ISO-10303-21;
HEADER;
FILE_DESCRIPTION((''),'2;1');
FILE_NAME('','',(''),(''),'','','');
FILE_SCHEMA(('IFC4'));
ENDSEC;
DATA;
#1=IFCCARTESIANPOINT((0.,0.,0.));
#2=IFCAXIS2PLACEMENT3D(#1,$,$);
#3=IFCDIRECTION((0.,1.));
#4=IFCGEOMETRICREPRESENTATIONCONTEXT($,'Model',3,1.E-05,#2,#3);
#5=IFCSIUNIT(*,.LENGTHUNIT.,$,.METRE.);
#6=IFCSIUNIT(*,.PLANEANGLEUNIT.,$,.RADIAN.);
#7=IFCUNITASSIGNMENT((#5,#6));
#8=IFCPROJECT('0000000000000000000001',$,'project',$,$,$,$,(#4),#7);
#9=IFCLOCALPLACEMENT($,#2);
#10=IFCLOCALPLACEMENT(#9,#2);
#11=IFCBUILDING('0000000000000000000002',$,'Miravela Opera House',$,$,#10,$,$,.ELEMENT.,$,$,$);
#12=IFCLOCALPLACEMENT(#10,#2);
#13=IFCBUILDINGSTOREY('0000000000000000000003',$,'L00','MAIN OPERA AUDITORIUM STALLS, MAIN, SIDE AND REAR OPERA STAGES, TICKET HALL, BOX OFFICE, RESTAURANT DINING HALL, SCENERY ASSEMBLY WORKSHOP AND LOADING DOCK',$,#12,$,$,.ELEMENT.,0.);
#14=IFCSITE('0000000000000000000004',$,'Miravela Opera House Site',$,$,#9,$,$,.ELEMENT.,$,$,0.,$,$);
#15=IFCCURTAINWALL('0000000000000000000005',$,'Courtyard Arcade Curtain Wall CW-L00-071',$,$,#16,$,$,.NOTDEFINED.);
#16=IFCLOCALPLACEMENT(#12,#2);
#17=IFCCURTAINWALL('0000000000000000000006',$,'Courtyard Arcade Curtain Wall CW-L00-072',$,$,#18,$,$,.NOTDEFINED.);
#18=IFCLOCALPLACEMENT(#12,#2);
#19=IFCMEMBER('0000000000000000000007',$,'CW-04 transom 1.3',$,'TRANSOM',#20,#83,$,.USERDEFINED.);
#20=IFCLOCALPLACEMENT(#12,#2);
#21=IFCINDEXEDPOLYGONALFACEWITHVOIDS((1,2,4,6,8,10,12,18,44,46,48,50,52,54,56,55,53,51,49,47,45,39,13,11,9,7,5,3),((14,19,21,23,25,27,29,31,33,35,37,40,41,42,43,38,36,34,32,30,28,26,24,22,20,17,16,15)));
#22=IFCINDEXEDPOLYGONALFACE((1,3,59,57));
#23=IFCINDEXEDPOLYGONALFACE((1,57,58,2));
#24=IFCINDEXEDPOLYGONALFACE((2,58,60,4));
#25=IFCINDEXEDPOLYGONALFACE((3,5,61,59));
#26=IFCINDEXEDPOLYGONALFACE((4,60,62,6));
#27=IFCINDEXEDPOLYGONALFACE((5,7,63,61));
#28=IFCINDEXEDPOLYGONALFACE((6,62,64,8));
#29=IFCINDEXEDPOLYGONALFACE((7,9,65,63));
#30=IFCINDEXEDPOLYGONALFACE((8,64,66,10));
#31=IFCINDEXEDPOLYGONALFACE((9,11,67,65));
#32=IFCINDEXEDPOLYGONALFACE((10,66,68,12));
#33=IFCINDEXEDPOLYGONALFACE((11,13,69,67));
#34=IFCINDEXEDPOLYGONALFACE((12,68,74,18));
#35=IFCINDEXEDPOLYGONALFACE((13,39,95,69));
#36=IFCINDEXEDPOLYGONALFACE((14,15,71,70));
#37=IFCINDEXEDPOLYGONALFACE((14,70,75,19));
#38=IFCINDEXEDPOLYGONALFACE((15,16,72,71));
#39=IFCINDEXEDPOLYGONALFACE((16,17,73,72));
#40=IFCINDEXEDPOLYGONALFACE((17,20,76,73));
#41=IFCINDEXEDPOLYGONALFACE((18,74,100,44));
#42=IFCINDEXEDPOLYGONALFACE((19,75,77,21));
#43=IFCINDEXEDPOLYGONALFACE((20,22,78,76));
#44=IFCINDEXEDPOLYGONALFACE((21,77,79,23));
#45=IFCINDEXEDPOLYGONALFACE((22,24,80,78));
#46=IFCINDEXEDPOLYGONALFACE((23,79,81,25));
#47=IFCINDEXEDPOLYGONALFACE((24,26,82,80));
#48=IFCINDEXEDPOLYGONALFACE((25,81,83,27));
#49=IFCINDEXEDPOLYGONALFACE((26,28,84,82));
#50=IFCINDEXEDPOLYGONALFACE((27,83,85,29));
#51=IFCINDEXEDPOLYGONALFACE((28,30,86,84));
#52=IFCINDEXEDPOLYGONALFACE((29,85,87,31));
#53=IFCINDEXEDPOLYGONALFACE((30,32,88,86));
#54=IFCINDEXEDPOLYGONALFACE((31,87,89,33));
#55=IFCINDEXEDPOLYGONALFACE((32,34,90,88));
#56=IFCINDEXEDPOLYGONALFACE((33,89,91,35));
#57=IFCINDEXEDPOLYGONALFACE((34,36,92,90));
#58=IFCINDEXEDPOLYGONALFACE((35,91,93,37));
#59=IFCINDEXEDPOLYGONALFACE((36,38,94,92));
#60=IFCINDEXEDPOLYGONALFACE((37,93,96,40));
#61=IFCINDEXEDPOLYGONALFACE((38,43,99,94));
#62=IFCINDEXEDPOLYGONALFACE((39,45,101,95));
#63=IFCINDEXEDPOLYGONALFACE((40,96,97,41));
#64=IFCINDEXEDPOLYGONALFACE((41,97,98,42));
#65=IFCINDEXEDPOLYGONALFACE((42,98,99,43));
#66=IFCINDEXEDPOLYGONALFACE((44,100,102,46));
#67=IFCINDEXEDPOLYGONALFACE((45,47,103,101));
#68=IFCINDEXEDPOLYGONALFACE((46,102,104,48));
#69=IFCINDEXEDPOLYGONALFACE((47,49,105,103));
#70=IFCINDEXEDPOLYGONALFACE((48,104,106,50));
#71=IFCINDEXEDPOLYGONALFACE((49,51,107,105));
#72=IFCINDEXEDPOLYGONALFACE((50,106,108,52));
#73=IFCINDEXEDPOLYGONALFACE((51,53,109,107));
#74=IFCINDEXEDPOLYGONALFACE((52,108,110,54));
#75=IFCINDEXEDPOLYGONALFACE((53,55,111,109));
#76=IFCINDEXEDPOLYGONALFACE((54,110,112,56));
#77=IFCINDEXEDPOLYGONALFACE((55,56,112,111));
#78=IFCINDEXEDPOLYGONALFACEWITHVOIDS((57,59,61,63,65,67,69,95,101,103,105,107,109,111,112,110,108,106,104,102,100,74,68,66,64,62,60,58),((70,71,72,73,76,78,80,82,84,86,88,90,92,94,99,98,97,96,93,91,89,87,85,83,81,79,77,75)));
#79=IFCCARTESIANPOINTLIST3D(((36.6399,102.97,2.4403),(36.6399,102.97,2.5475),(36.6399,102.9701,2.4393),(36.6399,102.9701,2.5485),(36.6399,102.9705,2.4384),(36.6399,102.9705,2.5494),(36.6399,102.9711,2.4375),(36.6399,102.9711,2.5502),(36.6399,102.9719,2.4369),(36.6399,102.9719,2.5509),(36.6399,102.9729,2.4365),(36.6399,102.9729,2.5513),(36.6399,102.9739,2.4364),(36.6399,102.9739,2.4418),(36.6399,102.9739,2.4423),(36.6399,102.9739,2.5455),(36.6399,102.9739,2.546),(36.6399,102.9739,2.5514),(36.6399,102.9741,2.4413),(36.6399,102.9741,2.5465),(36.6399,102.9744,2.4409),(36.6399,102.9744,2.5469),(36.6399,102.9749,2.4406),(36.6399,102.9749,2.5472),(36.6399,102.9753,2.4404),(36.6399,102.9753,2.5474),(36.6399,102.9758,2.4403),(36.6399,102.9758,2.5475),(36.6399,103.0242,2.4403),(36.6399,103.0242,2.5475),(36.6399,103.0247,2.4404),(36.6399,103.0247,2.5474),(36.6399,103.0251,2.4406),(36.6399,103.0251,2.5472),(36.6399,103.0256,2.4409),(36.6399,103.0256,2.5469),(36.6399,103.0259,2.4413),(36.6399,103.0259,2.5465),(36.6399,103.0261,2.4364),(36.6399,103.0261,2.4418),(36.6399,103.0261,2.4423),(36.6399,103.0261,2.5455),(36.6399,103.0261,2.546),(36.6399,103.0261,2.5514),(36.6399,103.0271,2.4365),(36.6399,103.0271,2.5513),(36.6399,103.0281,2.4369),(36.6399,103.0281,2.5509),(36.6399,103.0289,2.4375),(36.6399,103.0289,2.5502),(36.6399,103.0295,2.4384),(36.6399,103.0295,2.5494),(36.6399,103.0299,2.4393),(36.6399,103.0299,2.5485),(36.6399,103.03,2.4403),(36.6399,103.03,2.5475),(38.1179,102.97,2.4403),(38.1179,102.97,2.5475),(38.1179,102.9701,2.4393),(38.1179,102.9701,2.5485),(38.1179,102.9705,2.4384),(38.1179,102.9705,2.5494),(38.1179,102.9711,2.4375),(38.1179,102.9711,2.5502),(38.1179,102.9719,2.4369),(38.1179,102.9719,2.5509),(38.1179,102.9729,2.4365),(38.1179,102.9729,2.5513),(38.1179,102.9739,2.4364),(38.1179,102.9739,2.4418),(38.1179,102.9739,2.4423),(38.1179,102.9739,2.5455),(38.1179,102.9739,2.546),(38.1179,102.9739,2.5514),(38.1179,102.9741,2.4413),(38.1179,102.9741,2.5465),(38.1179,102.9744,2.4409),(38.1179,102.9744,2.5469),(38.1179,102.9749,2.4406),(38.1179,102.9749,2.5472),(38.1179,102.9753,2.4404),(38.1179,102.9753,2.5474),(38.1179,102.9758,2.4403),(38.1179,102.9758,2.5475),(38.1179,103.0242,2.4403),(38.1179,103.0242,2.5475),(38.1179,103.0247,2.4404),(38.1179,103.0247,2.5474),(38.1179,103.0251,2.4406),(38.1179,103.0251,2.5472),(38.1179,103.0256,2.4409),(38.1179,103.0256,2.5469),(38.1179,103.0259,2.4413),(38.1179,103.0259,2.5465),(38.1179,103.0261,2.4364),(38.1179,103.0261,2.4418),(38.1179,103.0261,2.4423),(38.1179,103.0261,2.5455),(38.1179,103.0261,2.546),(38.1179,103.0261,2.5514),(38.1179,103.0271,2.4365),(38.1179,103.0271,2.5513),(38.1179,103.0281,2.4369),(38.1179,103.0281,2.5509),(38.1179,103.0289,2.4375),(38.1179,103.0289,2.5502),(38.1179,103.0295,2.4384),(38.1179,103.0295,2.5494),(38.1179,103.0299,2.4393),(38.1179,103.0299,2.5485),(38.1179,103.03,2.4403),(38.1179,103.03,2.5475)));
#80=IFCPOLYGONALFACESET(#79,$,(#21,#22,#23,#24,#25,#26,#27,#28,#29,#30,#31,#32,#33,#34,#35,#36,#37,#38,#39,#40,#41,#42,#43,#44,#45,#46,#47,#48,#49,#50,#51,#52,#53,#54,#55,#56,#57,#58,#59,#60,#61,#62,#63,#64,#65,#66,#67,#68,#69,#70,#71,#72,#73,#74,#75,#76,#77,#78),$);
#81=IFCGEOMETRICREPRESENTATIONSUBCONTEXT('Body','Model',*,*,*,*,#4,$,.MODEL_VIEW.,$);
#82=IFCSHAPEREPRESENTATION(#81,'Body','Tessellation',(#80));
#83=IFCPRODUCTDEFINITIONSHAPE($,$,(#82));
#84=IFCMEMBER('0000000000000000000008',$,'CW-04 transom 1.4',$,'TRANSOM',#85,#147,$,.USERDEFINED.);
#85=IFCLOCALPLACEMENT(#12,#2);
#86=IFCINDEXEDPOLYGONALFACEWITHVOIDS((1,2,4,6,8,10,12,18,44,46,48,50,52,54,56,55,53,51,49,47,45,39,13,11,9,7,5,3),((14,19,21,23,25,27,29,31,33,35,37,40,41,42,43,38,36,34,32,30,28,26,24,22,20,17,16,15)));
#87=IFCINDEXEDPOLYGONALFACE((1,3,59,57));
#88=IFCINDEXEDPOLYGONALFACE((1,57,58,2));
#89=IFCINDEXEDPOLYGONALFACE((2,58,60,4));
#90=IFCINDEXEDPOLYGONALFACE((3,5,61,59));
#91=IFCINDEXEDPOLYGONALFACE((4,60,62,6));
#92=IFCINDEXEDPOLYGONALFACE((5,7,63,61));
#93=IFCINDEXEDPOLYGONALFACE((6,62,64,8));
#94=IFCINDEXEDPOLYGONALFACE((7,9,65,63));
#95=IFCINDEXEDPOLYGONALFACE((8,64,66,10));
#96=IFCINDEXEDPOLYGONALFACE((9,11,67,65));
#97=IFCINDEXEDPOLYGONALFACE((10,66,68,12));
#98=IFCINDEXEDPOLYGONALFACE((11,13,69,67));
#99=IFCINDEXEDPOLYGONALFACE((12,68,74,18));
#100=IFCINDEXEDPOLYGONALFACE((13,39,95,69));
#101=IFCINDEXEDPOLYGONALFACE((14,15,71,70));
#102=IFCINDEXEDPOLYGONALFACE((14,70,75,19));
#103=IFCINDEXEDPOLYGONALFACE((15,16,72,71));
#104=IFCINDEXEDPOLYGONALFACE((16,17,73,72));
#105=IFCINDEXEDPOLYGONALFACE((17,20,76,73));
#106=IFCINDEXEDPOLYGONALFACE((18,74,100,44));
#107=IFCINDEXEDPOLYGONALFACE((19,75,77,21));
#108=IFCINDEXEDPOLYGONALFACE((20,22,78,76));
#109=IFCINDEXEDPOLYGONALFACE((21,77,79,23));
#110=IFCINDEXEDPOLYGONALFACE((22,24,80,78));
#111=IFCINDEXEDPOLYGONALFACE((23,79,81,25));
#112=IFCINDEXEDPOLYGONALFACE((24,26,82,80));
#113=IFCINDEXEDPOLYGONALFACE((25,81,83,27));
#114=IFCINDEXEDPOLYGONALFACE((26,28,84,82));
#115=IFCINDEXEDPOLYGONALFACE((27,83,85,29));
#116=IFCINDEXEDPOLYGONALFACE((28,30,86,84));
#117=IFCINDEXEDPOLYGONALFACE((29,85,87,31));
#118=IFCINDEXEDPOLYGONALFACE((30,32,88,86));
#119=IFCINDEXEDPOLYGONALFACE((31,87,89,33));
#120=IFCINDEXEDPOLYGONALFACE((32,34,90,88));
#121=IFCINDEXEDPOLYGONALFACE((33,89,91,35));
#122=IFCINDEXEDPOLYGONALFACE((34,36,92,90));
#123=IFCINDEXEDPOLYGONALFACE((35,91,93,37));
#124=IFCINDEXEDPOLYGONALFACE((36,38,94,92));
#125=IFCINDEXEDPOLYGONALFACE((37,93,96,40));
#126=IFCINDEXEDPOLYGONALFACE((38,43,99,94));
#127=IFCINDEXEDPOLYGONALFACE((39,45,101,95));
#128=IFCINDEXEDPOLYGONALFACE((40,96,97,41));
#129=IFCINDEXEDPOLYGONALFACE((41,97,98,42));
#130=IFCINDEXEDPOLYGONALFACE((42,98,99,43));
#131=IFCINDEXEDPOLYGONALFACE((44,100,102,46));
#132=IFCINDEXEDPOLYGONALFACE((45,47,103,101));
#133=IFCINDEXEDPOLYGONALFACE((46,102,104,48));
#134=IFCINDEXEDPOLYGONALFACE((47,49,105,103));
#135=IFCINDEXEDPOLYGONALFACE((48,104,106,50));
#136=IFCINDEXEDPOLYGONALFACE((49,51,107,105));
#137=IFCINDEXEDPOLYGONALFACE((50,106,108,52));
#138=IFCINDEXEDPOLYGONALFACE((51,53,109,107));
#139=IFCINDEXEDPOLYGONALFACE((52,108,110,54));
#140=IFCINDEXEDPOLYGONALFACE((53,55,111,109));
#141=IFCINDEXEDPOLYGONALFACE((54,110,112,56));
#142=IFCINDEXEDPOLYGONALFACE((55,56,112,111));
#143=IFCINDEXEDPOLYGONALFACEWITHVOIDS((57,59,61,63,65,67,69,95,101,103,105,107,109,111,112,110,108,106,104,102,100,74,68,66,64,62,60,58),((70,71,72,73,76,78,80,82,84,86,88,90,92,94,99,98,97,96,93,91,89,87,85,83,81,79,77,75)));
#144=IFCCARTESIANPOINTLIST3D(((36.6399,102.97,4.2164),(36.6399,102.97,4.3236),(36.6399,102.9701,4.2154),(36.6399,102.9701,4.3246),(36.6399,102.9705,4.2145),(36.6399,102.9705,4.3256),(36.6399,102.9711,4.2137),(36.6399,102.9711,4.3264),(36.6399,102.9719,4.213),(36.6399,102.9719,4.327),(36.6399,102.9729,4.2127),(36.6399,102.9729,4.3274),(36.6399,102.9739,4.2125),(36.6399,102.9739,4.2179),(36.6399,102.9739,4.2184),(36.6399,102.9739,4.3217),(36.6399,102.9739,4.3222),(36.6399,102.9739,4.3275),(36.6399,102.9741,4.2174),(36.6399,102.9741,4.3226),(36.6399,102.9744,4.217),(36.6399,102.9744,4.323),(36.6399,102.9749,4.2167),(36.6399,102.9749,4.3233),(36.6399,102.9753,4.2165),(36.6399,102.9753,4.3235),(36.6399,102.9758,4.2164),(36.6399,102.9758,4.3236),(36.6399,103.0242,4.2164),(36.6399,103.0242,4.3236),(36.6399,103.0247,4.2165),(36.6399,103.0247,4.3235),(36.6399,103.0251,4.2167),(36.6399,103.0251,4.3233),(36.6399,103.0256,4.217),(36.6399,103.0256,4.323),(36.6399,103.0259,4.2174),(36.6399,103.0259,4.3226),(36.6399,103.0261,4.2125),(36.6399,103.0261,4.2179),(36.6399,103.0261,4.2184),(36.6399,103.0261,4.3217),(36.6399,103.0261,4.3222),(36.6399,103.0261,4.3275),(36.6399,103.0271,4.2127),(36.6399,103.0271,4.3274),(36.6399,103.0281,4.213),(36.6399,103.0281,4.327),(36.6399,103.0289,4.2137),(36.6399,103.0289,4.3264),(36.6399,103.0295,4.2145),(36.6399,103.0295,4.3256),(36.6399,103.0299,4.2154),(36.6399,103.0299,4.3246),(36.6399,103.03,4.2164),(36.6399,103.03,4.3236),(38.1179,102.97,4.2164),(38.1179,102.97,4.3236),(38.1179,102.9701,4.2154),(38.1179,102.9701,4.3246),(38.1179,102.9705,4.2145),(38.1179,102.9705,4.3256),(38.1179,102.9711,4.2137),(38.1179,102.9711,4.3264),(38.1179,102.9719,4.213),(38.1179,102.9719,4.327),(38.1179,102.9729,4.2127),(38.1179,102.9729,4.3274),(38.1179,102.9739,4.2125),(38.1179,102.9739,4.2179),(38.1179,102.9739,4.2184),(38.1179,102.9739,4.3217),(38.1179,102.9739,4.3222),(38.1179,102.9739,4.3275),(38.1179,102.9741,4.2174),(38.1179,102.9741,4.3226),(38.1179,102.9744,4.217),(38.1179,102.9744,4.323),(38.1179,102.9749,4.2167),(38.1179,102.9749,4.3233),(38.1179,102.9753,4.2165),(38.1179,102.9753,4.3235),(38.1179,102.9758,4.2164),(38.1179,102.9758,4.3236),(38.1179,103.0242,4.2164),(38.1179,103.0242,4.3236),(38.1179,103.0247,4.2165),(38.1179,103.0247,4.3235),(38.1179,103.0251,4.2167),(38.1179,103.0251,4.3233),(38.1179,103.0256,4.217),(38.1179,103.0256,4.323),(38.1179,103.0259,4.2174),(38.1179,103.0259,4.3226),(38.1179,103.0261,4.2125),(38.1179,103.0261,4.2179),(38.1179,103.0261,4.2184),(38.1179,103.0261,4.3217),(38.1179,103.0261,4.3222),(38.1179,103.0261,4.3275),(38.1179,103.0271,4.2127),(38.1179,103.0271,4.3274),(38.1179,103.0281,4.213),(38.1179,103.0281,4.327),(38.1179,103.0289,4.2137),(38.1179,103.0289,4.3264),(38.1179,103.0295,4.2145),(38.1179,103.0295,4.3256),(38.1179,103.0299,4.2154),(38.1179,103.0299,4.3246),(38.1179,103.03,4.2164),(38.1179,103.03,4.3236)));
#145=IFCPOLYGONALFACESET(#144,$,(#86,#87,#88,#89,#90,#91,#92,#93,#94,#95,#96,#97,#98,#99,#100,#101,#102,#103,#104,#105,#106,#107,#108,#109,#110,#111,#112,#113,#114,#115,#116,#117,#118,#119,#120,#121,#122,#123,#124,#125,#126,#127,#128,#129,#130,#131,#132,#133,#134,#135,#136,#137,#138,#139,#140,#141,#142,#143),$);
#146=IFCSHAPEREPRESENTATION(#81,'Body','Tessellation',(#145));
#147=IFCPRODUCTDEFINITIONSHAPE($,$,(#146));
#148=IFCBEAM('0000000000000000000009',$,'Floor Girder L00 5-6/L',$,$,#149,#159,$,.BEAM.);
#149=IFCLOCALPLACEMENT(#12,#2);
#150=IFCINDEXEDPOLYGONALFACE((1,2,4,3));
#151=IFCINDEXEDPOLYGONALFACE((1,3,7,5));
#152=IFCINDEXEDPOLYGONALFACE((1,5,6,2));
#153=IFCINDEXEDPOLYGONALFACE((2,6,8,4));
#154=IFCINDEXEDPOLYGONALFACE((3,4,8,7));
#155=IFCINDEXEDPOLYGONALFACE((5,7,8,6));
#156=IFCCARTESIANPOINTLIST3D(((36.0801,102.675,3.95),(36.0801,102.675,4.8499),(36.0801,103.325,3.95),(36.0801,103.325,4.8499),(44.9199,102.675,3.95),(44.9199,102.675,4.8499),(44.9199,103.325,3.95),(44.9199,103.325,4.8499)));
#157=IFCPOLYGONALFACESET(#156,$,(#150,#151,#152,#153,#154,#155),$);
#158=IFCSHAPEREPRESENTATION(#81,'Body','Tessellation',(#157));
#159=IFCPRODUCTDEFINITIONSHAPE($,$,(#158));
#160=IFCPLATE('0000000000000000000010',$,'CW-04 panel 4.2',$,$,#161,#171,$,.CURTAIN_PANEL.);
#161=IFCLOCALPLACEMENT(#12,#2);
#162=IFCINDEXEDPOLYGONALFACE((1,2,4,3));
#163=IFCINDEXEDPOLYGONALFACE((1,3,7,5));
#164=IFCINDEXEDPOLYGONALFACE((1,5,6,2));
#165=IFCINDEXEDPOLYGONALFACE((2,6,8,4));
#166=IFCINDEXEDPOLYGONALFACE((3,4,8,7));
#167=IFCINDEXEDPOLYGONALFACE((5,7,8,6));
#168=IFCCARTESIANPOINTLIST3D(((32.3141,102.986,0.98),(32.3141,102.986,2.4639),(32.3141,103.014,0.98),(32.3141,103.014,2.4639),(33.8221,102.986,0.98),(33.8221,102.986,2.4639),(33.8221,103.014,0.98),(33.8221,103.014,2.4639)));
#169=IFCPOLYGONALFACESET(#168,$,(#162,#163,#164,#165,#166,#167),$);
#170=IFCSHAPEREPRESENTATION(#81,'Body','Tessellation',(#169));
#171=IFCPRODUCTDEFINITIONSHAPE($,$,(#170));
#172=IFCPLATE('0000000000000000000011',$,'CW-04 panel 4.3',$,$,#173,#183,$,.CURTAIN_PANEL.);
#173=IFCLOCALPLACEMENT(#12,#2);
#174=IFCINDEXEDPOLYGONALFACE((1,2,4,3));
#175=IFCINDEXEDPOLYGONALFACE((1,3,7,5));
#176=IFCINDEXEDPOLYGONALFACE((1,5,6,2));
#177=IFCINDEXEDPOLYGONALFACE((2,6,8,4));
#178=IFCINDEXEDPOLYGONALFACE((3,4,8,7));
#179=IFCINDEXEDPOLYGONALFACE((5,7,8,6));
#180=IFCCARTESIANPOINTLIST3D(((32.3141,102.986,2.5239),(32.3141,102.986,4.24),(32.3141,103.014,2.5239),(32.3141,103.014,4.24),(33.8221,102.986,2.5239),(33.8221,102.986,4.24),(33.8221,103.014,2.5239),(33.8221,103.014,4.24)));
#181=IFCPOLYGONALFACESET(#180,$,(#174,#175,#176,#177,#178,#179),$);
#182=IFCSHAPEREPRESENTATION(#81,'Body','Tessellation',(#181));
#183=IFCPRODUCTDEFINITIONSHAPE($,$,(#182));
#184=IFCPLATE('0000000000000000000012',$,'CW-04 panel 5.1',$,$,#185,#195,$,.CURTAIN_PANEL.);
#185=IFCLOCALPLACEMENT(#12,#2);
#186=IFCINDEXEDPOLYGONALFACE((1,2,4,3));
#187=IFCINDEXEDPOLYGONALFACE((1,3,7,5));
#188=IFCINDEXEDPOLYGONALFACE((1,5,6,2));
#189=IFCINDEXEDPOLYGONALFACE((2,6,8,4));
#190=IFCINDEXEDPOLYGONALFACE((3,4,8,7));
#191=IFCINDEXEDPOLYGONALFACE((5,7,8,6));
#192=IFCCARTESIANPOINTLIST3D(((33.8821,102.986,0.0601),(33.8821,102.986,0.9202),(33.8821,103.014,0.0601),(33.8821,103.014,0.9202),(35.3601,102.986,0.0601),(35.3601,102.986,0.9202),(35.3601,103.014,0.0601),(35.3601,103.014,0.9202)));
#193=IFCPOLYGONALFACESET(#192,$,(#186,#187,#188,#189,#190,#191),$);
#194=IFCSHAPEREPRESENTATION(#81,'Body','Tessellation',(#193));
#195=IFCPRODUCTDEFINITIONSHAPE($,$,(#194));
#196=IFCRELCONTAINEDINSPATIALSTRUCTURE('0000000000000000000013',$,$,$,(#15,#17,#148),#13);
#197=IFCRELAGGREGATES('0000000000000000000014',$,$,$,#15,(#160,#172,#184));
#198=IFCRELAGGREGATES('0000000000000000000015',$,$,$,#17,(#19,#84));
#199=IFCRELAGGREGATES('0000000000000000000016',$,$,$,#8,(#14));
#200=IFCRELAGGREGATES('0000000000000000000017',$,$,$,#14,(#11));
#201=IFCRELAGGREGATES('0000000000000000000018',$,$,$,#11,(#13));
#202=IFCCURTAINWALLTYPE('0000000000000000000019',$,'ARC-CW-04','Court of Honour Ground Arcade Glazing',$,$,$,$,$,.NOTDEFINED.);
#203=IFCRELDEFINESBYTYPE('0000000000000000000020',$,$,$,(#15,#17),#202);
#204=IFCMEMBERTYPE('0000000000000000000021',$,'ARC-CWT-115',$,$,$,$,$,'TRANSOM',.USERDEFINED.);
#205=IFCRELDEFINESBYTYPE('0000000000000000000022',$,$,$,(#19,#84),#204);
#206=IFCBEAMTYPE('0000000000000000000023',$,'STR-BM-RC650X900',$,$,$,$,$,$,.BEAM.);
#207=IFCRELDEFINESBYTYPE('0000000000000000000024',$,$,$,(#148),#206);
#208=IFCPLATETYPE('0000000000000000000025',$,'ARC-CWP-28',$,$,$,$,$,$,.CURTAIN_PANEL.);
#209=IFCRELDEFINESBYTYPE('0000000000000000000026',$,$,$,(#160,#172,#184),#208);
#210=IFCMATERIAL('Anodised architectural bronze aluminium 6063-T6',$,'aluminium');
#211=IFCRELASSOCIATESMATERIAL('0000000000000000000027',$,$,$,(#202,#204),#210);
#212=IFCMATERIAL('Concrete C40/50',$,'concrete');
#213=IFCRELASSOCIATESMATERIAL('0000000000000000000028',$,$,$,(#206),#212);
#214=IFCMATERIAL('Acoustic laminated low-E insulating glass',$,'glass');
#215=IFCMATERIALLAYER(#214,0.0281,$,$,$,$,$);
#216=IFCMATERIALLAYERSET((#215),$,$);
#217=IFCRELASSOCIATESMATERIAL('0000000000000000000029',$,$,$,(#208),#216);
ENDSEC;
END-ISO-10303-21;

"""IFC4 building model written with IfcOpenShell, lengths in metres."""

from ifc_helpers import new_model, si_unit, direction, frame, origin, origin_2d, place, context, subcontext, project, spatial, rectangle, hollow_rectangle, extrude, material, layer, layer_set, material_profile, profile_set, type_object, element, aggregate, save


model = new_model("IFC4")

# Units and contexts
model_context = context("Model", 3, precision=1e-05, world=origin(), true_north=direction((0.0, 1.0)))
body_context = subcontext(model_context, "Body", "Model", "MODEL_VIEW")
ifc_project = project(units=[si_unit("LENGTHUNIT", "METRE"), si_unit("PLANEANGLEUNIT", "RADIAN")], contexts=[model_context])

# Site, building, storey
site_placement = place(None, origin())
site = spatial("IfcSite", under=ifc_project, at=site_placement, Name="Miravela Opera House Site", CompositionType="ELEMENT", RefElevation=0.0)
building_placement = place(site_placement, origin())
building = spatial("IfcBuilding", under=site, at=building_placement, Name="Miravela Opera House", CompositionType="ELEMENT")
storey_placement = place(building_placement, origin())
storey = spatial("IfcBuildingStorey", under=building, at=storey_placement, Name="L00", Description="MAIN OPERA AUDITORIUM STALLS, MAIN, SIDE AND REAR OPERA STAGES, TICKET HALL, BOX OFFICE, RESTAURANT DINING HALL, SCENERY ASSEMBLY WORKSHOP AND LOADING DOCK", CompositionType="ELEMENT", Elevation=0.0)

# Shared definitions
ifc_material_1 = material(Name="Concrete C40/50", Category="concrete")

# Curtain walls
ifc_material_2 = material(Name="Anodised architectural bronze aluminium 6063-T6", Category="aluminium")
curtain_wall_type = type_object("IfcCurtainWallType", Name="ARC-CW-04", Description="Court of Honour Ground Arcade Glazing", PredefinedType="NOTDEFINED", material=ifc_material_2)
curtain_wall_1_placement = place(storey_placement, origin())
curtain_wall_1 = element("IfcCurtainWall", 1, at=curtain_wall_1_placement, inside=storey, type_object=curtain_wall_type, Name="Courtyard Arcade Curtain Wall CW-L00-071", PredefinedType="NOTDEFINED")
curtain_wall_2_placement = place(storey_placement, origin())
curtain_wall_2 = element("IfcCurtainWall", 2, at=curtain_wall_2_placement, inside=storey, type_object=curtain_wall_type, Name="Courtyard Arcade Curtain Wall CW-L00-072", PredefinedType="NOTDEFINED")

# Members
ifc_material_profile_1 = material_profile(ifc_material_2, hollow_rectangle(XDim=0.0601, YDim=0.115, WallThickness=0.0039, InnerFilletRadius=0.002, OuterFilletRadius=0.0039, at=origin_2d()), Name="CWT-60X115")
ifc_profile_set_1 = profile_set([ifc_material_profile_1])
member_type_1 = type_object("IfcMemberType", Name="ARC-CWT-115", ElementType="TRANSOM", PredefinedType="USERDEFINED", material=ifc_profile_set_1)
member_1_placement = place(storey_placement, frame((36.6399, 103.0, 2.4939), z_axis=(1.0, 0.0, 0.0), x_axis=(0.0, 1.0, 0.0)))
member_1 = element("IfcMember", 3, at=member_1_placement, type_object=member_type_1, Name="CW-04 transom 1.3", ObjectType="TRANSOM", PredefinedType="USERDEFINED", context=body_context, shape_type="SweptSolid", body=[
    extrude(hollow_rectangle(XDim=0.0601, YDim=0.115, WallThickness=0.0039, InnerFilletRadius=0.002, OuterFilletRadius=0.0039, at=origin_2d()), origin(), (0.0, 0.0, 1.0), 1.478),
])
member_2_placement = place(storey_placement, frame((36.6399, 103.0, 4.27), z_axis=(1.0, 0.0, 0.0), x_axis=(0.0, 1.0, 0.0)))
member_2 = element("IfcMember", 4, at=member_2_placement, type_object=member_type_1, Name="CW-04 transom 1.4", ObjectType="TRANSOM", PredefinedType="USERDEFINED", context=body_context, shape_type="SweptSolid", body=[
    extrude(hollow_rectangle(XDim=0.0601, YDim=0.115, WallThickness=0.0039, InnerFilletRadius=0.002, OuterFilletRadius=0.0039, at=origin_2d()), origin(), (0.0, 0.0, 1.0), 1.478),
])

# Beam
ifc_material_profile_2 = material_profile(ifc_material_1, rectangle(XDim=0.6499, YDim=0.8999, at=origin_2d()), Name="RC-BM-650X900")
ifc_profile_set_2 = profile_set([ifc_material_profile_2])
beam_type = type_object("IfcBeamType", Name="STR-BM-RC650X900", PredefinedType="BEAM", material=ifc_profile_set_2)
beam_placement = place(storey_placement, frame((36.0801, 103.0, 4.3999), z_axis=(1.0, 0.0, 0.0), x_axis=(0.0, 1.0, 0.0)))
element("IfcBeam", 5, at=beam_placement, inside=storey, type_object=beam_type, Name="Floor Girder L00 5-6/L", PredefinedType="BEAM", context=body_context, shape_type="SweptSolid", body=[
    extrude(rectangle(XDim=0.6499, YDim=0.8999, at=origin_2d()), origin(), (0.0, 0.0, 1.0), 8.8398),
])

# Plates
ifc_material_3 = material(Name="Acoustic laminated low-E insulating glass", Category="glass")
ifc_layer = layer(ifc_material_3, 0.0281)
ifc_layer_set = layer_set([ifc_layer])
plate_type = type_object("IfcPlateType", Name="ARC-CWP-28", PredefinedType="CURTAIN_PANEL", material=ifc_layer_set)
plate_1_placement = place(storey_placement, frame((33.0681, 103.0, 0.98), z_axis=(0.0, 0.0, 1.0), x_axis=(1.0, 0.0, 0.0)))
plate_1 = element("IfcPlate", 6, at=plate_1_placement, type_object=plate_type, Name="CW-04 panel 4.2", PredefinedType="CURTAIN_PANEL", context=body_context, shape_type="SweptSolid", body=[
    extrude(rectangle(XDim=1.5081, YDim=0.0281, at=origin_2d()), origin(), (0.0, 0.0, 1.0), 1.4839),
])
plate_2_placement = place(storey_placement, frame((33.0681, 103.0, 2.5239), z_axis=(0.0, 0.0, 1.0), x_axis=(1.0, 0.0, 0.0)))
plate_2 = element("IfcPlate", 7, at=plate_2_placement, type_object=plate_type, Name="CW-04 panel 4.3", PredefinedType="CURTAIN_PANEL", context=body_context, shape_type="SweptSolid", body=[
    extrude(rectangle(XDim=1.5081, YDim=0.0281, at=origin_2d()), origin(), (0.0, 0.0, 1.0), 1.7161),
])
plate_3_placement = place(storey_placement, frame((34.6211, 103.0, 0.0601), z_axis=(0.0, 0.0, 1.0), x_axis=(1.0, 0.0, 0.0)))
plate_3 = element("IfcPlate", 8, at=plate_3_placement, type_object=plate_type, Name="CW-04 panel 5.1", PredefinedType="CURTAIN_PANEL", context=body_context, shape_type="SweptSolid", body=[
    extrude(rectangle(XDim=1.478, YDim=0.0281, at=origin_2d()), origin(), (0.0, 0.0, 1.0), 0.8601),
])
aggregate(curtain_wall_1, [plate_1, plate_2, plate_3])
aggregate(curtain_wall_2, [member_1, member_2])

save(model, "model.ifc")
